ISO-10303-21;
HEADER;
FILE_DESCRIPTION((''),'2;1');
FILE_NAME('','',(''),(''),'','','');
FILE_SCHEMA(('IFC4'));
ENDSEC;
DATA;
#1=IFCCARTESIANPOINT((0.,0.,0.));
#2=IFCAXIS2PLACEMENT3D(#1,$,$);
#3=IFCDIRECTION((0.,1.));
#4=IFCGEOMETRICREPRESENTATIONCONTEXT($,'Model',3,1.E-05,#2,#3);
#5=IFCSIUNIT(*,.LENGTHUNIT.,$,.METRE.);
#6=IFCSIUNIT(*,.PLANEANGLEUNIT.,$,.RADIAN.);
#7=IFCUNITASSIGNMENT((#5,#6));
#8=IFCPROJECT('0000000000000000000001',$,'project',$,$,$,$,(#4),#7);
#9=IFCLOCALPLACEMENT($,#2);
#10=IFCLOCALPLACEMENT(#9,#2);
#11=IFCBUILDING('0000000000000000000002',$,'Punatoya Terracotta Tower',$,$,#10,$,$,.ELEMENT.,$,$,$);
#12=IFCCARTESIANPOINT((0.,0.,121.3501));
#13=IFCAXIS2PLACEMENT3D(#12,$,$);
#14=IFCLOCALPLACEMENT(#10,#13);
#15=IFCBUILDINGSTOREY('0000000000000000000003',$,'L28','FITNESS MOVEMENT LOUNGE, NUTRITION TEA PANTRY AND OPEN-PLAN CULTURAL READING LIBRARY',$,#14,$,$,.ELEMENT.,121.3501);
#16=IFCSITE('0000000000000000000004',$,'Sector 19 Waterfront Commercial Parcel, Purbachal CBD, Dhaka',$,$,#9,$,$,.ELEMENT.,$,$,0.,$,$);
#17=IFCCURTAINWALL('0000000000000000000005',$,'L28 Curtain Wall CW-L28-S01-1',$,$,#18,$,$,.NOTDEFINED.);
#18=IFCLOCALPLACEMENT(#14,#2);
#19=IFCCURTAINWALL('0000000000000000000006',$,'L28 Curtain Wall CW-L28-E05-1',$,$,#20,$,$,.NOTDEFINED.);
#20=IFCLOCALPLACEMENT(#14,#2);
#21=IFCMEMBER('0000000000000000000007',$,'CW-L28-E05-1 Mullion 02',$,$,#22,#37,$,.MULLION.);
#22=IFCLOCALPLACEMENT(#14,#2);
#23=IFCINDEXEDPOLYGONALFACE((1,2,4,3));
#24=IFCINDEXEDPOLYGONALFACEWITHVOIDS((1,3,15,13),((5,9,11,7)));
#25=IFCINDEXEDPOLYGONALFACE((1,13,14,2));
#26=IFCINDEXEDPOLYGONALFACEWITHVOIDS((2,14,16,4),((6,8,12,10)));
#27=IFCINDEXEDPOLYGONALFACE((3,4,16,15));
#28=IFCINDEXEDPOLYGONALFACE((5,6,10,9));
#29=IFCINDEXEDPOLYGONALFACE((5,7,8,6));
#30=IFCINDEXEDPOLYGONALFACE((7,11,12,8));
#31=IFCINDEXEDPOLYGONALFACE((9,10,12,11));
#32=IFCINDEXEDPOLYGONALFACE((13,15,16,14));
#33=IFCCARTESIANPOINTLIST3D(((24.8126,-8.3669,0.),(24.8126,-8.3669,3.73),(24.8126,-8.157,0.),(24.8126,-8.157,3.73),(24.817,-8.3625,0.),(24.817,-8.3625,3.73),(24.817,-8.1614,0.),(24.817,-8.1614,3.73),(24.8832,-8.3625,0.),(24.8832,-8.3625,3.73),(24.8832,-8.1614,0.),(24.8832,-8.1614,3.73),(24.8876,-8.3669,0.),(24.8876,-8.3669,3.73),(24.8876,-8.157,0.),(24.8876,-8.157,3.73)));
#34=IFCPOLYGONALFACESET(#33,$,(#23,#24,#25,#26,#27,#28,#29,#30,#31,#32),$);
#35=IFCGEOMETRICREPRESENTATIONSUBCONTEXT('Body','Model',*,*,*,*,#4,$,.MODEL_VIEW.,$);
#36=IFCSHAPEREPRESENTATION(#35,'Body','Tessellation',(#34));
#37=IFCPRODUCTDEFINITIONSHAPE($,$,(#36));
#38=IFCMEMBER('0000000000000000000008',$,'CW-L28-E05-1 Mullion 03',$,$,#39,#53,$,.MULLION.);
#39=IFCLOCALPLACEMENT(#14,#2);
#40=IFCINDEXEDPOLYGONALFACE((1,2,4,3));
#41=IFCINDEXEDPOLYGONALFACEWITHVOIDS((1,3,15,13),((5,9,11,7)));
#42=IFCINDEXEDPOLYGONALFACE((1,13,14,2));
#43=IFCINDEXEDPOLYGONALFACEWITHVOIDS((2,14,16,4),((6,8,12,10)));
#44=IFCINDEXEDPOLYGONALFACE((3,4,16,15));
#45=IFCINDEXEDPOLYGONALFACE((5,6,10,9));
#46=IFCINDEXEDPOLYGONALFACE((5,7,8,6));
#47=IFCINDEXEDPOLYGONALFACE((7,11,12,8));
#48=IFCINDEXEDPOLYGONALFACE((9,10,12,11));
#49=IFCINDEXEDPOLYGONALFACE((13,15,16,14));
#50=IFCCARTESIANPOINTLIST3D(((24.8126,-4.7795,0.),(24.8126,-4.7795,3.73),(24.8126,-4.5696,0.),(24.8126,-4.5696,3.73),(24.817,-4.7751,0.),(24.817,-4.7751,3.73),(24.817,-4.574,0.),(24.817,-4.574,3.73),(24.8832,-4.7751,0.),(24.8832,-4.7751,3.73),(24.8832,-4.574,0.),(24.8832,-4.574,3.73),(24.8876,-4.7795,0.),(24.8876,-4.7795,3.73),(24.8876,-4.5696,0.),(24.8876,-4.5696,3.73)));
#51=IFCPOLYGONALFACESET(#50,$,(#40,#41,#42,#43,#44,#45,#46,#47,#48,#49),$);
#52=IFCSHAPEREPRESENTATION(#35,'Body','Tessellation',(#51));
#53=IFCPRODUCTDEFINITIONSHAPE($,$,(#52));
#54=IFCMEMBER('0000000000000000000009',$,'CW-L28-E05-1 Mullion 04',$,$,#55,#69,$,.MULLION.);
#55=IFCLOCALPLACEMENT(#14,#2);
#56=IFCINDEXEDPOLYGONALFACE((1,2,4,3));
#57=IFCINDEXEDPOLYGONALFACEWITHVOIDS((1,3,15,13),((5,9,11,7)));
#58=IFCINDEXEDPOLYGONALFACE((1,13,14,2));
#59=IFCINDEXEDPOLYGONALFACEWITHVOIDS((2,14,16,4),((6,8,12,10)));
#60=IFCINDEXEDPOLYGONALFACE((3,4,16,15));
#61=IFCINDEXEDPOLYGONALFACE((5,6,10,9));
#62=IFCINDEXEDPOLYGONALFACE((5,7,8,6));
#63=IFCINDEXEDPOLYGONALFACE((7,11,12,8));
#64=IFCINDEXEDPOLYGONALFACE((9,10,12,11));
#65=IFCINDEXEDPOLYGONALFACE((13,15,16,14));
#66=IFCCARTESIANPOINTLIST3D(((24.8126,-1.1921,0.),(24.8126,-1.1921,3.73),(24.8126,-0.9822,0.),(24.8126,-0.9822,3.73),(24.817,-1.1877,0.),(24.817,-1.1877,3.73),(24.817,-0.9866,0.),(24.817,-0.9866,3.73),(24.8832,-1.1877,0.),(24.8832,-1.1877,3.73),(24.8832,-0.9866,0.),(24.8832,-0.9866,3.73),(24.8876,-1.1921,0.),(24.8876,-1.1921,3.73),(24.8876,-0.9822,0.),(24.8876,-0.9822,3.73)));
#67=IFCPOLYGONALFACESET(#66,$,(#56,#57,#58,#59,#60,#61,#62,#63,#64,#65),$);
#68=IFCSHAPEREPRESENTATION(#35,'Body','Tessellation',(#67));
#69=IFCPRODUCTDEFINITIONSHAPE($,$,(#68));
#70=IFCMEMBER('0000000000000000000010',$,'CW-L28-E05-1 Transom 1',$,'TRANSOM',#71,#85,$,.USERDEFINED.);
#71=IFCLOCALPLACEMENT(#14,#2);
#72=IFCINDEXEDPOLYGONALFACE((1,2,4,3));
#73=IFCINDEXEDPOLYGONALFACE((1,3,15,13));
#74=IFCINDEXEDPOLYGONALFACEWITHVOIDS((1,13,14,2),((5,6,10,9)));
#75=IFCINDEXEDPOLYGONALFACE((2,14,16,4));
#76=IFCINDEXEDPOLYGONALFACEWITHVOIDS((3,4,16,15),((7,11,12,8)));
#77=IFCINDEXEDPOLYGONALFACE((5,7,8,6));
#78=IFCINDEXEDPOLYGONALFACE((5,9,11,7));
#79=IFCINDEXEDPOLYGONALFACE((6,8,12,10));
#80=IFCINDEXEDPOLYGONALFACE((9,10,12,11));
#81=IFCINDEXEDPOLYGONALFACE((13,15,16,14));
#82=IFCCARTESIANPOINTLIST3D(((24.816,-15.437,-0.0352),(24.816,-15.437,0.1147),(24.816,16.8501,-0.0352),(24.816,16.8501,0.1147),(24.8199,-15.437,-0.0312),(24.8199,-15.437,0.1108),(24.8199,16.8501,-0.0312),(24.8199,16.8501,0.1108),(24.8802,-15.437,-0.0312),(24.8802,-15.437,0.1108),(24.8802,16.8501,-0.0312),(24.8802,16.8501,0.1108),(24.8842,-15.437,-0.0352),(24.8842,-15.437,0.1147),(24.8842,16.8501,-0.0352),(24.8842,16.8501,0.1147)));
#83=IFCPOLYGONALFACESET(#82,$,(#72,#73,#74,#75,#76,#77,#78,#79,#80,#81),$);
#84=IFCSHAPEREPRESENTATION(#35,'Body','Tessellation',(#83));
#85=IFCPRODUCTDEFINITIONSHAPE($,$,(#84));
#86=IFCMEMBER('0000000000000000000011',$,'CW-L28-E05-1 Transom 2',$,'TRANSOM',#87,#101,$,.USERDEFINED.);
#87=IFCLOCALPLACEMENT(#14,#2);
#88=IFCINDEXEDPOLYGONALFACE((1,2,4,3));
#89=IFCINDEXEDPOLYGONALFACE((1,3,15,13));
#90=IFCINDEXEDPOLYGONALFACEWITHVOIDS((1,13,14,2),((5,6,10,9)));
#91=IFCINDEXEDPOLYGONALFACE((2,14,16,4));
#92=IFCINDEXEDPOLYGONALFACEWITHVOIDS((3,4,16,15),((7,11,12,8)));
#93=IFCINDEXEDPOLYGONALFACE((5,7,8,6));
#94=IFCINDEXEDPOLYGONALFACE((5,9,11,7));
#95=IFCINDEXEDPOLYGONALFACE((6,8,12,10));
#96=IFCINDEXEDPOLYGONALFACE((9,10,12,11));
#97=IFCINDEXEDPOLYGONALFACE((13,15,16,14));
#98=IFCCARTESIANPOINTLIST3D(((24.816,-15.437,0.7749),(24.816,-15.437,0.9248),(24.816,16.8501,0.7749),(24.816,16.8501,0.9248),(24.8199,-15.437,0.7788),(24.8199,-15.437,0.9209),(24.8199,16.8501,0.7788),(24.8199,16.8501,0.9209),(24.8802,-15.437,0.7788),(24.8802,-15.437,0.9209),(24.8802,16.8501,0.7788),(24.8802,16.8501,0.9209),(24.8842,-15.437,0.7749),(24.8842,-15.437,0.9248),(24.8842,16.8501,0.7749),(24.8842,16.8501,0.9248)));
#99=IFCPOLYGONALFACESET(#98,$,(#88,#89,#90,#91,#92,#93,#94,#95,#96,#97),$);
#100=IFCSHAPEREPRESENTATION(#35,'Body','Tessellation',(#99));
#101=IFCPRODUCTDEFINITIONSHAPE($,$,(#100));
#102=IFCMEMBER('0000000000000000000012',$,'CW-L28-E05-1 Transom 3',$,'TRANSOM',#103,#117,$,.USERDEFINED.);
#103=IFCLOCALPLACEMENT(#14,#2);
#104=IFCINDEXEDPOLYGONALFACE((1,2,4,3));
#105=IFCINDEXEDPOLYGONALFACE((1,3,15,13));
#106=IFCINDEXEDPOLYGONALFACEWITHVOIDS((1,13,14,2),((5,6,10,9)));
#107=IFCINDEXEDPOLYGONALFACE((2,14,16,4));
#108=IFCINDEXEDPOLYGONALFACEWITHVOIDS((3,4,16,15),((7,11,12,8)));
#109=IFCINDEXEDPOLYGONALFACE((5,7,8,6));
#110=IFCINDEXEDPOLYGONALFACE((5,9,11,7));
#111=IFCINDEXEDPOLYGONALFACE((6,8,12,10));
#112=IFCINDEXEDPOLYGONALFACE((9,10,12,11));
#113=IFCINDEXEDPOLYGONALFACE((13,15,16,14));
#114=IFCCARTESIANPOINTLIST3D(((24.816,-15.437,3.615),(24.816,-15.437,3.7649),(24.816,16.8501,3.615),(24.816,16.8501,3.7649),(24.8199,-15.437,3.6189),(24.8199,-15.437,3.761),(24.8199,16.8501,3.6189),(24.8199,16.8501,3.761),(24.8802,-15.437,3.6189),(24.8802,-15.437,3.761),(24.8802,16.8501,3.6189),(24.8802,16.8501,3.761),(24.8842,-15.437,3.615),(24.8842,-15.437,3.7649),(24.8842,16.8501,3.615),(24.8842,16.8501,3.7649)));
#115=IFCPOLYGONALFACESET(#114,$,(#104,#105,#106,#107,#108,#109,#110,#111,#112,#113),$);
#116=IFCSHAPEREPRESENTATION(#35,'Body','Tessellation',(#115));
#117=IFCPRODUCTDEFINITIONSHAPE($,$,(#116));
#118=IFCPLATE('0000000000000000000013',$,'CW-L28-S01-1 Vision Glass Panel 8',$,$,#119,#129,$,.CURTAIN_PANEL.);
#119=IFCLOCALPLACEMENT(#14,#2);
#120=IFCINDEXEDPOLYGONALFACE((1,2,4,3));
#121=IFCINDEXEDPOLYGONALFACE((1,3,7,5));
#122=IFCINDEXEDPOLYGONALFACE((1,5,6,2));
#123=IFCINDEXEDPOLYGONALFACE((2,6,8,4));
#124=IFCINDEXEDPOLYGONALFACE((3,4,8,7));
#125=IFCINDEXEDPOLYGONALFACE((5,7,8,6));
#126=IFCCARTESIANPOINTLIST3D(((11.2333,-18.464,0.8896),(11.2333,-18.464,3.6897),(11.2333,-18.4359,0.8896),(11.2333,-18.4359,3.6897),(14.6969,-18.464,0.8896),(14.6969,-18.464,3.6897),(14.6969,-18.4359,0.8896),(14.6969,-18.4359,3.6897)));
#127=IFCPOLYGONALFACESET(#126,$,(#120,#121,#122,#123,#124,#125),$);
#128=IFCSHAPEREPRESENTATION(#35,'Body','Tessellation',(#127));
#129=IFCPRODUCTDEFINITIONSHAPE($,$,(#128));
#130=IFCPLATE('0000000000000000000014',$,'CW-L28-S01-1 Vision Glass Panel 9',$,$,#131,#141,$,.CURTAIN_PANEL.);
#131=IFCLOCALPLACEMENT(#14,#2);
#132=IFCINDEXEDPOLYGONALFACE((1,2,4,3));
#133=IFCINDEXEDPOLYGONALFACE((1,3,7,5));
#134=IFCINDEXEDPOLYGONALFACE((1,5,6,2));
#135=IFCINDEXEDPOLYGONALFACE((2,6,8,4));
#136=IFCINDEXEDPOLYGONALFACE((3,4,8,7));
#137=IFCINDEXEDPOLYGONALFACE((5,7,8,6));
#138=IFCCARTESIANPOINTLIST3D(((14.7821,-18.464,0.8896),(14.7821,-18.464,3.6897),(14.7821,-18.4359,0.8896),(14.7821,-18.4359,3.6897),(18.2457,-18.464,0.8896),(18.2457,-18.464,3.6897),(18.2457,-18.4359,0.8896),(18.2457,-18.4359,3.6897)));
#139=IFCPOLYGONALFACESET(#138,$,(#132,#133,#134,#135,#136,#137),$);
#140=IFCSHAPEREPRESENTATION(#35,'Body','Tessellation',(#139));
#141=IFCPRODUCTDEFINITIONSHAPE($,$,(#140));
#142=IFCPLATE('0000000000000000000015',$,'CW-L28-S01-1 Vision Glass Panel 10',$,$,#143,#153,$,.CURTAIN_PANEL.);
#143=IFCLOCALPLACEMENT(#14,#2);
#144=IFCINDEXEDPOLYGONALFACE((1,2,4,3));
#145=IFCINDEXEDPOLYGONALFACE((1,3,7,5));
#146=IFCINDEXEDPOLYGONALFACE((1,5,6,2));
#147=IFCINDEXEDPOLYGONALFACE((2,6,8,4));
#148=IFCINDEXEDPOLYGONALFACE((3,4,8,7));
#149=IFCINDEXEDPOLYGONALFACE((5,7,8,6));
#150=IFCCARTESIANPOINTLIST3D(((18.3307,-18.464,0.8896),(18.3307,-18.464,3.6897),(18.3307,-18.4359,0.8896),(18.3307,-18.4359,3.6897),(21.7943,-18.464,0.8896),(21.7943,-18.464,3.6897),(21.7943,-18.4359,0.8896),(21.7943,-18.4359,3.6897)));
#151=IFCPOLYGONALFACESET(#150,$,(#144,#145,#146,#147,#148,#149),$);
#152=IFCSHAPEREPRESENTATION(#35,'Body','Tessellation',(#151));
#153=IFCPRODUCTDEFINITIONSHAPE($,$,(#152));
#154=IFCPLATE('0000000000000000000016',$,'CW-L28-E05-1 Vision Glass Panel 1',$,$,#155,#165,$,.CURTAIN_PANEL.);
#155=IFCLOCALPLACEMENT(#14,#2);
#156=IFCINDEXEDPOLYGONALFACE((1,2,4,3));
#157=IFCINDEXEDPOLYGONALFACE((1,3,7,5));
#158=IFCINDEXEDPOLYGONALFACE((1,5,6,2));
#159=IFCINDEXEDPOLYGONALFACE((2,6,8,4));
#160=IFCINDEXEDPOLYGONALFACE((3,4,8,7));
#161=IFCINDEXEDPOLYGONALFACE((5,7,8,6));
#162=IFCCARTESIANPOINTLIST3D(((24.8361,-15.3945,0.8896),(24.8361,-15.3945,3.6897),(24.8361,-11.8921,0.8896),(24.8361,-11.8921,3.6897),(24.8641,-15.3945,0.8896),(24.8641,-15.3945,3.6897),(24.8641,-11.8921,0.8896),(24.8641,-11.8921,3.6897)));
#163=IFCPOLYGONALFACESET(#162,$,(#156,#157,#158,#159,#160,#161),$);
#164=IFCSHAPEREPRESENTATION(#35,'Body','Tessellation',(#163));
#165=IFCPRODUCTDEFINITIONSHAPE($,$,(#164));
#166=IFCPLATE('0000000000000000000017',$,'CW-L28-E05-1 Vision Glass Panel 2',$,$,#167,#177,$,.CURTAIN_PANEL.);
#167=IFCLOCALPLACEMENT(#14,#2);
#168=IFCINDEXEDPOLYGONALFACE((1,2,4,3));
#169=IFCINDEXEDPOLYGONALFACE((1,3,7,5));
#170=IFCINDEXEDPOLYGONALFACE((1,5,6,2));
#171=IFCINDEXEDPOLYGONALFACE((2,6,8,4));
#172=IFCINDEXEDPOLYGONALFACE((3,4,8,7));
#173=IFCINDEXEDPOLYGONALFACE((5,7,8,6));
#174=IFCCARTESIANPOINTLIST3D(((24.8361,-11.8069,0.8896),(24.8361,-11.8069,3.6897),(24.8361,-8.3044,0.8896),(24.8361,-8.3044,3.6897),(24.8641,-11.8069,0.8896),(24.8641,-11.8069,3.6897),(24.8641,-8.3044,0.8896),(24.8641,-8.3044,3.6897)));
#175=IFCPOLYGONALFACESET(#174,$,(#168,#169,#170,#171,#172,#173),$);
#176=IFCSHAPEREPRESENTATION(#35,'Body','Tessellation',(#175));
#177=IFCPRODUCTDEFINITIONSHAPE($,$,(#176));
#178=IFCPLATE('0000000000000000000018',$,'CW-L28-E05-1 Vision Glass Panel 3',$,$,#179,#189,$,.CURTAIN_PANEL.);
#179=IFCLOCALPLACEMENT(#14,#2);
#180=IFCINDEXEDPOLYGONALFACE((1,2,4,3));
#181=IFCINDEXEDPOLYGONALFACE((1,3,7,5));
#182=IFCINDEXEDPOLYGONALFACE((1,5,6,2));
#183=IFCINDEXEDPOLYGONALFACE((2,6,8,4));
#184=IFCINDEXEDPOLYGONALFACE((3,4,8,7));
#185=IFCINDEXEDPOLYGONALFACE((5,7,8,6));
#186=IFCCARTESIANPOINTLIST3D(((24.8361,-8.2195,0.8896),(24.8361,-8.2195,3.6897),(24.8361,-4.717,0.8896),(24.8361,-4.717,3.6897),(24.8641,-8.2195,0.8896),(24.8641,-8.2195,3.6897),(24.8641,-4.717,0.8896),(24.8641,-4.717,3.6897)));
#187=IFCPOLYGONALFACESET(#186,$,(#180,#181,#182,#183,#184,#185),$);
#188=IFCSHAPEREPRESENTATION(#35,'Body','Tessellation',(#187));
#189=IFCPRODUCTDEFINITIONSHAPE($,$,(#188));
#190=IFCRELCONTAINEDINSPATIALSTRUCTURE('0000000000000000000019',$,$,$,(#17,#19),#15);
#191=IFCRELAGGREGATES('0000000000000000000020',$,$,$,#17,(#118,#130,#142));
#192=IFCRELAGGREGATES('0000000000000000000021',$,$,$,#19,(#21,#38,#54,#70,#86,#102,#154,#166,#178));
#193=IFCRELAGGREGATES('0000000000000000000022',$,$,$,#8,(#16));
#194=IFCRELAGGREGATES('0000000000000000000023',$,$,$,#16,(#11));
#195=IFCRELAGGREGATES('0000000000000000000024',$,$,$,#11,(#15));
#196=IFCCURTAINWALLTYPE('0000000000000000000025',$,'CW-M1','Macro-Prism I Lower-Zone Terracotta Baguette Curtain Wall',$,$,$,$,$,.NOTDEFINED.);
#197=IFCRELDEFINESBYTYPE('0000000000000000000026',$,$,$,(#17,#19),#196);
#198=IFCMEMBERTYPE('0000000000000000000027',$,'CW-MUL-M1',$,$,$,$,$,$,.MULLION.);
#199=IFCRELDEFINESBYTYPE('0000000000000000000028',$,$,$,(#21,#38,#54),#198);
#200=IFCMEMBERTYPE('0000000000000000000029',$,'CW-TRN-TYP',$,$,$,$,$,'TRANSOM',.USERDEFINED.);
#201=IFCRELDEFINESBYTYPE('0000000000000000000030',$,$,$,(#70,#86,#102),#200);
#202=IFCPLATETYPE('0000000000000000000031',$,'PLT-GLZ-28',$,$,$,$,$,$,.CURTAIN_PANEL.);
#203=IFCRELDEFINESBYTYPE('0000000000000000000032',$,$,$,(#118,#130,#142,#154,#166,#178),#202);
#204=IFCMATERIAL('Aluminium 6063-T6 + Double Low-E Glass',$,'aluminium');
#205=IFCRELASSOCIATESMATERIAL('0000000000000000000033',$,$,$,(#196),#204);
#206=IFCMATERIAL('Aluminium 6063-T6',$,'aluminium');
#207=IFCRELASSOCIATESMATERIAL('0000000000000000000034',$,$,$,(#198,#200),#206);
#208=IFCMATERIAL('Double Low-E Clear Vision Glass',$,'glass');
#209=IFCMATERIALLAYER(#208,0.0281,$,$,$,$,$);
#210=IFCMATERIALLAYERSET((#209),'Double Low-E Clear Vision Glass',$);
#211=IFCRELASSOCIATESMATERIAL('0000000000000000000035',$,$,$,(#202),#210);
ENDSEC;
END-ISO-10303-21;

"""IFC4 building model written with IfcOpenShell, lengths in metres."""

from ifc_helpers import new_model, si_unit, direction, frame, origin, origin_2d, place, context, subcontext, project, spatial, rectangle, hollow_rectangle, extrude, material, layer, layer_set, material_profile, profile_set, type_object, element, aggregate, save


model = new_model("IFC4")

# Units and contexts
model_context = context("Model", 3, precision=1e-05, world=origin(), true_north=direction((0.0, 1.0)))
body_context = subcontext(model_context, "Body", "Model", "MODEL_VIEW")
ifc_project = project(units=[si_unit("LENGTHUNIT", "METRE"), si_unit("PLANEANGLEUNIT", "RADIAN")], contexts=[model_context])

# Site, building, storey
site_placement = place(None, origin())
site = spatial("IfcSite", under=ifc_project, at=site_placement, Name="Sector 19 Waterfront Commercial Parcel, Purbachal CBD, Dhaka", CompositionType="ELEMENT", RefElevation=0.0)
building_placement = place(site_placement, origin())
building = spatial("IfcBuilding", under=site, at=building_placement, Name="Punatoya Terracotta Tower", CompositionType="ELEMENT")
storey_placement = place(building_placement, frame((0.0, 0.0, 121.3501)))
storey = spatial("IfcBuildingStorey", under=building, at=storey_placement, Name="L28", Description="FITNESS MOVEMENT LOUNGE, NUTRITION TEA PANTRY AND OPEN-PLAN CULTURAL READING LIBRARY", CompositionType="ELEMENT", Elevation=121.3501)

# Curtain walls, members
ifc_material_1 = material(Name="Aluminium 6063-T6 + Double Low-E Glass", Category="aluminium")
curtain_wall_type = type_object("IfcCurtainWallType", Name="CW-M1", Description="Macro-Prism I Lower-Zone Terracotta Baguette Curtain Wall", PredefinedType="NOTDEFINED", material=ifc_material_1)
curtain_wall_1_placement = place(storey_placement, origin())
curtain_wall_1 = element("IfcCurtainWall", 1, at=curtain_wall_1_placement, inside=storey, type_object=curtain_wall_type, Name="L28 Curtain Wall CW-L28-S01-1", PredefinedType="NOTDEFINED")
ifc_material_2 = material(Name="Aluminium 6063-T6", Category="aluminium")
ifc_material_profile_1 = material_profile(ifc_material_2, hollow_rectangle(XDim=0.075, YDim=0.21, WallThickness=0.0044, at=origin_2d()))
ifc_profile_set_1 = profile_set([ifc_material_profile_1], Name="Aluminium 6063-T6")
member_type_1 = type_object("IfcMemberType", Name="CW-MUL-M1", PredefinedType="MULLION", material=ifc_profile_set_1)
curtain_wall_2_placement = place(storey_placement, origin())
curtain_wall_2 = element("IfcCurtainWall", 2, at=curtain_wall_2_placement, inside=storey, type_object=curtain_wall_type, Name="L28 Curtain Wall CW-L28-E05-1", PredefinedType="NOTDEFINED")
member_1_placement = place(storey_placement, frame((24.8501, -8.262, 0.0), z_axis=(0.0, 0.0, 1.0), x_axis=(1.0, 0.0, 0.0)))
member_1 = element("IfcMember", 3, at=member_1_placement, type_object=member_type_1, Name="CW-L28-E05-1 Mullion 02", PredefinedType="MULLION", context=body_context, shape_type="SweptSolid", body=[
    extrude(hollow_rectangle(XDim=0.075, YDim=0.21, WallThickness=0.0044, at=origin_2d()), origin(), (0.0, 0.0, 1.0), 3.73),
])
member_2_placement = place(storey_placement, frame((24.8501, -4.6746, 0.0), z_axis=(0.0, 0.0, 1.0), x_axis=(1.0, 0.0, 0.0)))
member_2 = element("IfcMember", 4, at=member_2_placement, type_object=member_type_1, Name="CW-L28-E05-1 Mullion 03", PredefinedType="MULLION", context=body_context, shape_type="SweptSolid", body=[
    extrude(hollow_rectangle(XDim=0.075, YDim=0.21, WallThickness=0.0044, at=origin_2d()), origin(), (0.0, 0.0, 1.0), 3.73),
])
member_3_placement = place(storey_placement, frame((24.8501, -1.0872, 0.0), z_axis=(0.0, 0.0, 1.0), x_axis=(1.0, 0.0, 0.0)))
member_3 = element("IfcMember", 5, at=member_3_placement, type_object=member_type_1, Name="CW-L28-E05-1 Mullion 04", PredefinedType="MULLION", context=body_context, shape_type="SweptSolid", body=[
    extrude(hollow_rectangle(XDim=0.075, YDim=0.21, WallThickness=0.0044, at=origin_2d()), origin(), (0.0, 0.0, 1.0), 3.73),
])
ifc_material_profile_2 = material_profile(ifc_material_2, hollow_rectangle(XDim=0.0681, YDim=0.1499, WallThickness=0.0039, at=origin_2d()))
ifc_profile_set_2 = profile_set([ifc_material_profile_2], Name="Aluminium 6063-T6")
member_type_2 = type_object("IfcMemberType", Name="CW-TRN-TYP", ElementType="TRANSOM", PredefinedType="USERDEFINED", material=ifc_profile_set_2)
member_4_placement = place(storey_placement, frame((24.8501, -15.437, 0.0398), z_axis=(0.0, 1.0, 0.0), x_axis=(-1.0, 0.0, 0.0)))
member_4 = element("IfcMember", 6, at=member_4_placement, type_object=member_type_2, Name="CW-L28-E05-1 Transom 1", ObjectType="TRANSOM", PredefinedType="USERDEFINED", context=body_context, shape_type="SweptSolid", body=[
    extrude(hollow_rectangle(XDim=0.0681, YDim=0.1499, WallThickness=0.0039, at=origin_2d()), origin(), (0.0, 0.0, 1.0), 32.2871),
])
member_5_placement = place(storey_placement, frame((24.8501, -15.437, 0.8499), z_axis=(0.0, 1.0, 0.0), x_axis=(-1.0, 0.0, 0.0)))
member_5 = element("IfcMember", 7, at=member_5_placement, type_object=member_type_2, Name="CW-L28-E05-1 Transom 2", ObjectType="TRANSOM", PredefinedType="USERDEFINED", context=body_context, shape_type="SweptSolid", body=[
    extrude(hollow_rectangle(XDim=0.0681, YDim=0.1499, WallThickness=0.0039, at=origin_2d()), origin(), (0.0, 0.0, 1.0), 32.2871),
])
member_6_placement = place(storey_placement, frame((24.8501, -15.437, 3.6899), z_axis=(0.0, 1.0, 0.0), x_axis=(-1.0, 0.0, 0.0)))
member_6 = element("IfcMember", 8, at=member_6_placement, type_object=member_type_2, Name="CW-L28-E05-1 Transom 3", ObjectType="TRANSOM", PredefinedType="USERDEFINED", context=body_context, shape_type="SweptSolid", body=[
    extrude(hollow_rectangle(XDim=0.0681, YDim=0.1499, WallThickness=0.0039, at=origin_2d()), origin(), (0.0, 0.0, 1.0), 32.2871),
])

# Plates
ifc_material_3 = material(Name="Double Low-E Clear Vision Glass", Category="glass")
ifc_layer_1 = layer(ifc_material_3, 0.0281)
ifc_layer_set_1 = layer_set([ifc_layer_1], Name="Double Low-E Clear Vision Glass")
plate_type_1 = type_object("IfcPlateType", Name="PLT-GLZ-28", PredefinedType="CURTAIN_PANEL", material=ifc_layer_set_1)
plate_1_placement = place(storey_placement, frame((12.9651, -18.45, 0.8896), z_axis=(0.0, 0.0, 1.0), x_axis=(1.0, 0.0, 0.0)))
plate_1 = element("IfcPlate", 9, at=plate_1_placement, type_object=plate_type_1, Name="CW-L28-S01-1 Vision Glass Panel 8", PredefinedType="CURTAIN_PANEL", context=body_context, shape_type="SweptSolid", body=[
    extrude(rectangle(XDim=3.4636, YDim=0.0281, at=origin_2d()), origin(), (0.0, 0.0, 1.0), 2.8),
])
plate_2_placement = place(storey_placement, frame((16.5139, -18.45, 0.8896), z_axis=(0.0, 0.0, 1.0), x_axis=(1.0, 0.0, 0.0)))
plate_2 = element("IfcPlate", 10, at=plate_2_placement, type_object=plate_type_1, Name="CW-L28-S01-1 Vision Glass Panel 9", PredefinedType="CURTAIN_PANEL", context=body_context, shape_type="SweptSolid", body=[
    extrude(rectangle(XDim=3.4636, YDim=0.0281, at=origin_2d()), origin(), (0.0, 0.0, 1.0), 2.8),
])
plate_3_placement = place(storey_placement, frame((20.0625, -18.45, 0.8896), z_axis=(0.0, 0.0, 1.0), x_axis=(1.0, 0.0, 0.0)))
plate_3 = element("IfcPlate", 11, at=plate_3_placement, type_object=plate_type_1, Name="CW-L28-S01-1 Vision Glass Panel 10", PredefinedType="CURTAIN_PANEL", context=body_context, shape_type="SweptSolid", body=[
    extrude(rectangle(XDim=3.4636, YDim=0.0281, at=origin_2d()), origin(), (0.0, 0.0, 1.0), 2.8),
])
plate_4_placement = place(storey_placement, frame((24.8501, -13.6433, 0.8896), z_axis=(0.0, 0.0, 1.0), x_axis=(0.0, 1.0, 0.0)))
plate_4 = element("IfcPlate", 12, at=plate_4_placement, type_object=plate_type_1, Name="CW-L28-E05-1 Vision Glass Panel 1", PredefinedType="CURTAIN_PANEL", context=body_context, shape_type="SweptSolid", body=[
    extrude(rectangle(XDim=3.5024, YDim=0.0281, at=origin_2d()), origin(), (0.0, 0.0, 1.0), 2.8),
])
plate_5_placement = place(storey_placement, frame((24.8501, -10.0557, 0.8896), z_axis=(0.0, 0.0, 1.0), x_axis=(0.0, 1.0, 0.0)))
plate_5 = element("IfcPlate", 13, at=plate_5_placement, type_object=plate_type_1, Name="CW-L28-E05-1 Vision Glass Panel 2", PredefinedType="CURTAIN_PANEL", context=body_context, shape_type="SweptSolid", body=[
    extrude(rectangle(XDim=3.5024, YDim=0.0281, at=origin_2d()), origin(), (0.0, 0.0, 1.0), 2.8),
])
plate_6_placement = place(storey_placement, frame((24.8501, -6.4683, 0.8896), z_axis=(0.0, 0.0, 1.0), x_axis=(0.0, 1.0, 0.0)))
plate_6 = element("IfcPlate", 14, at=plate_6_placement, type_object=plate_type_1, Name="CW-L28-E05-1 Vision Glass Panel 3", PredefinedType="CURTAIN_PANEL", context=body_context, shape_type="SweptSolid", body=[
    extrude(rectangle(XDim=3.5024, YDim=0.0281, at=origin_2d()), origin(), (0.0, 0.0, 1.0), 2.8),
])
aggregate(curtain_wall_1, [plate_1, plate_2, plate_3])
aggregate(curtain_wall_2, [member_1, member_2, member_3, member_4, member_5, member_6, plate_4, plate_5, plate_6])

save(model, "model.ifc")
